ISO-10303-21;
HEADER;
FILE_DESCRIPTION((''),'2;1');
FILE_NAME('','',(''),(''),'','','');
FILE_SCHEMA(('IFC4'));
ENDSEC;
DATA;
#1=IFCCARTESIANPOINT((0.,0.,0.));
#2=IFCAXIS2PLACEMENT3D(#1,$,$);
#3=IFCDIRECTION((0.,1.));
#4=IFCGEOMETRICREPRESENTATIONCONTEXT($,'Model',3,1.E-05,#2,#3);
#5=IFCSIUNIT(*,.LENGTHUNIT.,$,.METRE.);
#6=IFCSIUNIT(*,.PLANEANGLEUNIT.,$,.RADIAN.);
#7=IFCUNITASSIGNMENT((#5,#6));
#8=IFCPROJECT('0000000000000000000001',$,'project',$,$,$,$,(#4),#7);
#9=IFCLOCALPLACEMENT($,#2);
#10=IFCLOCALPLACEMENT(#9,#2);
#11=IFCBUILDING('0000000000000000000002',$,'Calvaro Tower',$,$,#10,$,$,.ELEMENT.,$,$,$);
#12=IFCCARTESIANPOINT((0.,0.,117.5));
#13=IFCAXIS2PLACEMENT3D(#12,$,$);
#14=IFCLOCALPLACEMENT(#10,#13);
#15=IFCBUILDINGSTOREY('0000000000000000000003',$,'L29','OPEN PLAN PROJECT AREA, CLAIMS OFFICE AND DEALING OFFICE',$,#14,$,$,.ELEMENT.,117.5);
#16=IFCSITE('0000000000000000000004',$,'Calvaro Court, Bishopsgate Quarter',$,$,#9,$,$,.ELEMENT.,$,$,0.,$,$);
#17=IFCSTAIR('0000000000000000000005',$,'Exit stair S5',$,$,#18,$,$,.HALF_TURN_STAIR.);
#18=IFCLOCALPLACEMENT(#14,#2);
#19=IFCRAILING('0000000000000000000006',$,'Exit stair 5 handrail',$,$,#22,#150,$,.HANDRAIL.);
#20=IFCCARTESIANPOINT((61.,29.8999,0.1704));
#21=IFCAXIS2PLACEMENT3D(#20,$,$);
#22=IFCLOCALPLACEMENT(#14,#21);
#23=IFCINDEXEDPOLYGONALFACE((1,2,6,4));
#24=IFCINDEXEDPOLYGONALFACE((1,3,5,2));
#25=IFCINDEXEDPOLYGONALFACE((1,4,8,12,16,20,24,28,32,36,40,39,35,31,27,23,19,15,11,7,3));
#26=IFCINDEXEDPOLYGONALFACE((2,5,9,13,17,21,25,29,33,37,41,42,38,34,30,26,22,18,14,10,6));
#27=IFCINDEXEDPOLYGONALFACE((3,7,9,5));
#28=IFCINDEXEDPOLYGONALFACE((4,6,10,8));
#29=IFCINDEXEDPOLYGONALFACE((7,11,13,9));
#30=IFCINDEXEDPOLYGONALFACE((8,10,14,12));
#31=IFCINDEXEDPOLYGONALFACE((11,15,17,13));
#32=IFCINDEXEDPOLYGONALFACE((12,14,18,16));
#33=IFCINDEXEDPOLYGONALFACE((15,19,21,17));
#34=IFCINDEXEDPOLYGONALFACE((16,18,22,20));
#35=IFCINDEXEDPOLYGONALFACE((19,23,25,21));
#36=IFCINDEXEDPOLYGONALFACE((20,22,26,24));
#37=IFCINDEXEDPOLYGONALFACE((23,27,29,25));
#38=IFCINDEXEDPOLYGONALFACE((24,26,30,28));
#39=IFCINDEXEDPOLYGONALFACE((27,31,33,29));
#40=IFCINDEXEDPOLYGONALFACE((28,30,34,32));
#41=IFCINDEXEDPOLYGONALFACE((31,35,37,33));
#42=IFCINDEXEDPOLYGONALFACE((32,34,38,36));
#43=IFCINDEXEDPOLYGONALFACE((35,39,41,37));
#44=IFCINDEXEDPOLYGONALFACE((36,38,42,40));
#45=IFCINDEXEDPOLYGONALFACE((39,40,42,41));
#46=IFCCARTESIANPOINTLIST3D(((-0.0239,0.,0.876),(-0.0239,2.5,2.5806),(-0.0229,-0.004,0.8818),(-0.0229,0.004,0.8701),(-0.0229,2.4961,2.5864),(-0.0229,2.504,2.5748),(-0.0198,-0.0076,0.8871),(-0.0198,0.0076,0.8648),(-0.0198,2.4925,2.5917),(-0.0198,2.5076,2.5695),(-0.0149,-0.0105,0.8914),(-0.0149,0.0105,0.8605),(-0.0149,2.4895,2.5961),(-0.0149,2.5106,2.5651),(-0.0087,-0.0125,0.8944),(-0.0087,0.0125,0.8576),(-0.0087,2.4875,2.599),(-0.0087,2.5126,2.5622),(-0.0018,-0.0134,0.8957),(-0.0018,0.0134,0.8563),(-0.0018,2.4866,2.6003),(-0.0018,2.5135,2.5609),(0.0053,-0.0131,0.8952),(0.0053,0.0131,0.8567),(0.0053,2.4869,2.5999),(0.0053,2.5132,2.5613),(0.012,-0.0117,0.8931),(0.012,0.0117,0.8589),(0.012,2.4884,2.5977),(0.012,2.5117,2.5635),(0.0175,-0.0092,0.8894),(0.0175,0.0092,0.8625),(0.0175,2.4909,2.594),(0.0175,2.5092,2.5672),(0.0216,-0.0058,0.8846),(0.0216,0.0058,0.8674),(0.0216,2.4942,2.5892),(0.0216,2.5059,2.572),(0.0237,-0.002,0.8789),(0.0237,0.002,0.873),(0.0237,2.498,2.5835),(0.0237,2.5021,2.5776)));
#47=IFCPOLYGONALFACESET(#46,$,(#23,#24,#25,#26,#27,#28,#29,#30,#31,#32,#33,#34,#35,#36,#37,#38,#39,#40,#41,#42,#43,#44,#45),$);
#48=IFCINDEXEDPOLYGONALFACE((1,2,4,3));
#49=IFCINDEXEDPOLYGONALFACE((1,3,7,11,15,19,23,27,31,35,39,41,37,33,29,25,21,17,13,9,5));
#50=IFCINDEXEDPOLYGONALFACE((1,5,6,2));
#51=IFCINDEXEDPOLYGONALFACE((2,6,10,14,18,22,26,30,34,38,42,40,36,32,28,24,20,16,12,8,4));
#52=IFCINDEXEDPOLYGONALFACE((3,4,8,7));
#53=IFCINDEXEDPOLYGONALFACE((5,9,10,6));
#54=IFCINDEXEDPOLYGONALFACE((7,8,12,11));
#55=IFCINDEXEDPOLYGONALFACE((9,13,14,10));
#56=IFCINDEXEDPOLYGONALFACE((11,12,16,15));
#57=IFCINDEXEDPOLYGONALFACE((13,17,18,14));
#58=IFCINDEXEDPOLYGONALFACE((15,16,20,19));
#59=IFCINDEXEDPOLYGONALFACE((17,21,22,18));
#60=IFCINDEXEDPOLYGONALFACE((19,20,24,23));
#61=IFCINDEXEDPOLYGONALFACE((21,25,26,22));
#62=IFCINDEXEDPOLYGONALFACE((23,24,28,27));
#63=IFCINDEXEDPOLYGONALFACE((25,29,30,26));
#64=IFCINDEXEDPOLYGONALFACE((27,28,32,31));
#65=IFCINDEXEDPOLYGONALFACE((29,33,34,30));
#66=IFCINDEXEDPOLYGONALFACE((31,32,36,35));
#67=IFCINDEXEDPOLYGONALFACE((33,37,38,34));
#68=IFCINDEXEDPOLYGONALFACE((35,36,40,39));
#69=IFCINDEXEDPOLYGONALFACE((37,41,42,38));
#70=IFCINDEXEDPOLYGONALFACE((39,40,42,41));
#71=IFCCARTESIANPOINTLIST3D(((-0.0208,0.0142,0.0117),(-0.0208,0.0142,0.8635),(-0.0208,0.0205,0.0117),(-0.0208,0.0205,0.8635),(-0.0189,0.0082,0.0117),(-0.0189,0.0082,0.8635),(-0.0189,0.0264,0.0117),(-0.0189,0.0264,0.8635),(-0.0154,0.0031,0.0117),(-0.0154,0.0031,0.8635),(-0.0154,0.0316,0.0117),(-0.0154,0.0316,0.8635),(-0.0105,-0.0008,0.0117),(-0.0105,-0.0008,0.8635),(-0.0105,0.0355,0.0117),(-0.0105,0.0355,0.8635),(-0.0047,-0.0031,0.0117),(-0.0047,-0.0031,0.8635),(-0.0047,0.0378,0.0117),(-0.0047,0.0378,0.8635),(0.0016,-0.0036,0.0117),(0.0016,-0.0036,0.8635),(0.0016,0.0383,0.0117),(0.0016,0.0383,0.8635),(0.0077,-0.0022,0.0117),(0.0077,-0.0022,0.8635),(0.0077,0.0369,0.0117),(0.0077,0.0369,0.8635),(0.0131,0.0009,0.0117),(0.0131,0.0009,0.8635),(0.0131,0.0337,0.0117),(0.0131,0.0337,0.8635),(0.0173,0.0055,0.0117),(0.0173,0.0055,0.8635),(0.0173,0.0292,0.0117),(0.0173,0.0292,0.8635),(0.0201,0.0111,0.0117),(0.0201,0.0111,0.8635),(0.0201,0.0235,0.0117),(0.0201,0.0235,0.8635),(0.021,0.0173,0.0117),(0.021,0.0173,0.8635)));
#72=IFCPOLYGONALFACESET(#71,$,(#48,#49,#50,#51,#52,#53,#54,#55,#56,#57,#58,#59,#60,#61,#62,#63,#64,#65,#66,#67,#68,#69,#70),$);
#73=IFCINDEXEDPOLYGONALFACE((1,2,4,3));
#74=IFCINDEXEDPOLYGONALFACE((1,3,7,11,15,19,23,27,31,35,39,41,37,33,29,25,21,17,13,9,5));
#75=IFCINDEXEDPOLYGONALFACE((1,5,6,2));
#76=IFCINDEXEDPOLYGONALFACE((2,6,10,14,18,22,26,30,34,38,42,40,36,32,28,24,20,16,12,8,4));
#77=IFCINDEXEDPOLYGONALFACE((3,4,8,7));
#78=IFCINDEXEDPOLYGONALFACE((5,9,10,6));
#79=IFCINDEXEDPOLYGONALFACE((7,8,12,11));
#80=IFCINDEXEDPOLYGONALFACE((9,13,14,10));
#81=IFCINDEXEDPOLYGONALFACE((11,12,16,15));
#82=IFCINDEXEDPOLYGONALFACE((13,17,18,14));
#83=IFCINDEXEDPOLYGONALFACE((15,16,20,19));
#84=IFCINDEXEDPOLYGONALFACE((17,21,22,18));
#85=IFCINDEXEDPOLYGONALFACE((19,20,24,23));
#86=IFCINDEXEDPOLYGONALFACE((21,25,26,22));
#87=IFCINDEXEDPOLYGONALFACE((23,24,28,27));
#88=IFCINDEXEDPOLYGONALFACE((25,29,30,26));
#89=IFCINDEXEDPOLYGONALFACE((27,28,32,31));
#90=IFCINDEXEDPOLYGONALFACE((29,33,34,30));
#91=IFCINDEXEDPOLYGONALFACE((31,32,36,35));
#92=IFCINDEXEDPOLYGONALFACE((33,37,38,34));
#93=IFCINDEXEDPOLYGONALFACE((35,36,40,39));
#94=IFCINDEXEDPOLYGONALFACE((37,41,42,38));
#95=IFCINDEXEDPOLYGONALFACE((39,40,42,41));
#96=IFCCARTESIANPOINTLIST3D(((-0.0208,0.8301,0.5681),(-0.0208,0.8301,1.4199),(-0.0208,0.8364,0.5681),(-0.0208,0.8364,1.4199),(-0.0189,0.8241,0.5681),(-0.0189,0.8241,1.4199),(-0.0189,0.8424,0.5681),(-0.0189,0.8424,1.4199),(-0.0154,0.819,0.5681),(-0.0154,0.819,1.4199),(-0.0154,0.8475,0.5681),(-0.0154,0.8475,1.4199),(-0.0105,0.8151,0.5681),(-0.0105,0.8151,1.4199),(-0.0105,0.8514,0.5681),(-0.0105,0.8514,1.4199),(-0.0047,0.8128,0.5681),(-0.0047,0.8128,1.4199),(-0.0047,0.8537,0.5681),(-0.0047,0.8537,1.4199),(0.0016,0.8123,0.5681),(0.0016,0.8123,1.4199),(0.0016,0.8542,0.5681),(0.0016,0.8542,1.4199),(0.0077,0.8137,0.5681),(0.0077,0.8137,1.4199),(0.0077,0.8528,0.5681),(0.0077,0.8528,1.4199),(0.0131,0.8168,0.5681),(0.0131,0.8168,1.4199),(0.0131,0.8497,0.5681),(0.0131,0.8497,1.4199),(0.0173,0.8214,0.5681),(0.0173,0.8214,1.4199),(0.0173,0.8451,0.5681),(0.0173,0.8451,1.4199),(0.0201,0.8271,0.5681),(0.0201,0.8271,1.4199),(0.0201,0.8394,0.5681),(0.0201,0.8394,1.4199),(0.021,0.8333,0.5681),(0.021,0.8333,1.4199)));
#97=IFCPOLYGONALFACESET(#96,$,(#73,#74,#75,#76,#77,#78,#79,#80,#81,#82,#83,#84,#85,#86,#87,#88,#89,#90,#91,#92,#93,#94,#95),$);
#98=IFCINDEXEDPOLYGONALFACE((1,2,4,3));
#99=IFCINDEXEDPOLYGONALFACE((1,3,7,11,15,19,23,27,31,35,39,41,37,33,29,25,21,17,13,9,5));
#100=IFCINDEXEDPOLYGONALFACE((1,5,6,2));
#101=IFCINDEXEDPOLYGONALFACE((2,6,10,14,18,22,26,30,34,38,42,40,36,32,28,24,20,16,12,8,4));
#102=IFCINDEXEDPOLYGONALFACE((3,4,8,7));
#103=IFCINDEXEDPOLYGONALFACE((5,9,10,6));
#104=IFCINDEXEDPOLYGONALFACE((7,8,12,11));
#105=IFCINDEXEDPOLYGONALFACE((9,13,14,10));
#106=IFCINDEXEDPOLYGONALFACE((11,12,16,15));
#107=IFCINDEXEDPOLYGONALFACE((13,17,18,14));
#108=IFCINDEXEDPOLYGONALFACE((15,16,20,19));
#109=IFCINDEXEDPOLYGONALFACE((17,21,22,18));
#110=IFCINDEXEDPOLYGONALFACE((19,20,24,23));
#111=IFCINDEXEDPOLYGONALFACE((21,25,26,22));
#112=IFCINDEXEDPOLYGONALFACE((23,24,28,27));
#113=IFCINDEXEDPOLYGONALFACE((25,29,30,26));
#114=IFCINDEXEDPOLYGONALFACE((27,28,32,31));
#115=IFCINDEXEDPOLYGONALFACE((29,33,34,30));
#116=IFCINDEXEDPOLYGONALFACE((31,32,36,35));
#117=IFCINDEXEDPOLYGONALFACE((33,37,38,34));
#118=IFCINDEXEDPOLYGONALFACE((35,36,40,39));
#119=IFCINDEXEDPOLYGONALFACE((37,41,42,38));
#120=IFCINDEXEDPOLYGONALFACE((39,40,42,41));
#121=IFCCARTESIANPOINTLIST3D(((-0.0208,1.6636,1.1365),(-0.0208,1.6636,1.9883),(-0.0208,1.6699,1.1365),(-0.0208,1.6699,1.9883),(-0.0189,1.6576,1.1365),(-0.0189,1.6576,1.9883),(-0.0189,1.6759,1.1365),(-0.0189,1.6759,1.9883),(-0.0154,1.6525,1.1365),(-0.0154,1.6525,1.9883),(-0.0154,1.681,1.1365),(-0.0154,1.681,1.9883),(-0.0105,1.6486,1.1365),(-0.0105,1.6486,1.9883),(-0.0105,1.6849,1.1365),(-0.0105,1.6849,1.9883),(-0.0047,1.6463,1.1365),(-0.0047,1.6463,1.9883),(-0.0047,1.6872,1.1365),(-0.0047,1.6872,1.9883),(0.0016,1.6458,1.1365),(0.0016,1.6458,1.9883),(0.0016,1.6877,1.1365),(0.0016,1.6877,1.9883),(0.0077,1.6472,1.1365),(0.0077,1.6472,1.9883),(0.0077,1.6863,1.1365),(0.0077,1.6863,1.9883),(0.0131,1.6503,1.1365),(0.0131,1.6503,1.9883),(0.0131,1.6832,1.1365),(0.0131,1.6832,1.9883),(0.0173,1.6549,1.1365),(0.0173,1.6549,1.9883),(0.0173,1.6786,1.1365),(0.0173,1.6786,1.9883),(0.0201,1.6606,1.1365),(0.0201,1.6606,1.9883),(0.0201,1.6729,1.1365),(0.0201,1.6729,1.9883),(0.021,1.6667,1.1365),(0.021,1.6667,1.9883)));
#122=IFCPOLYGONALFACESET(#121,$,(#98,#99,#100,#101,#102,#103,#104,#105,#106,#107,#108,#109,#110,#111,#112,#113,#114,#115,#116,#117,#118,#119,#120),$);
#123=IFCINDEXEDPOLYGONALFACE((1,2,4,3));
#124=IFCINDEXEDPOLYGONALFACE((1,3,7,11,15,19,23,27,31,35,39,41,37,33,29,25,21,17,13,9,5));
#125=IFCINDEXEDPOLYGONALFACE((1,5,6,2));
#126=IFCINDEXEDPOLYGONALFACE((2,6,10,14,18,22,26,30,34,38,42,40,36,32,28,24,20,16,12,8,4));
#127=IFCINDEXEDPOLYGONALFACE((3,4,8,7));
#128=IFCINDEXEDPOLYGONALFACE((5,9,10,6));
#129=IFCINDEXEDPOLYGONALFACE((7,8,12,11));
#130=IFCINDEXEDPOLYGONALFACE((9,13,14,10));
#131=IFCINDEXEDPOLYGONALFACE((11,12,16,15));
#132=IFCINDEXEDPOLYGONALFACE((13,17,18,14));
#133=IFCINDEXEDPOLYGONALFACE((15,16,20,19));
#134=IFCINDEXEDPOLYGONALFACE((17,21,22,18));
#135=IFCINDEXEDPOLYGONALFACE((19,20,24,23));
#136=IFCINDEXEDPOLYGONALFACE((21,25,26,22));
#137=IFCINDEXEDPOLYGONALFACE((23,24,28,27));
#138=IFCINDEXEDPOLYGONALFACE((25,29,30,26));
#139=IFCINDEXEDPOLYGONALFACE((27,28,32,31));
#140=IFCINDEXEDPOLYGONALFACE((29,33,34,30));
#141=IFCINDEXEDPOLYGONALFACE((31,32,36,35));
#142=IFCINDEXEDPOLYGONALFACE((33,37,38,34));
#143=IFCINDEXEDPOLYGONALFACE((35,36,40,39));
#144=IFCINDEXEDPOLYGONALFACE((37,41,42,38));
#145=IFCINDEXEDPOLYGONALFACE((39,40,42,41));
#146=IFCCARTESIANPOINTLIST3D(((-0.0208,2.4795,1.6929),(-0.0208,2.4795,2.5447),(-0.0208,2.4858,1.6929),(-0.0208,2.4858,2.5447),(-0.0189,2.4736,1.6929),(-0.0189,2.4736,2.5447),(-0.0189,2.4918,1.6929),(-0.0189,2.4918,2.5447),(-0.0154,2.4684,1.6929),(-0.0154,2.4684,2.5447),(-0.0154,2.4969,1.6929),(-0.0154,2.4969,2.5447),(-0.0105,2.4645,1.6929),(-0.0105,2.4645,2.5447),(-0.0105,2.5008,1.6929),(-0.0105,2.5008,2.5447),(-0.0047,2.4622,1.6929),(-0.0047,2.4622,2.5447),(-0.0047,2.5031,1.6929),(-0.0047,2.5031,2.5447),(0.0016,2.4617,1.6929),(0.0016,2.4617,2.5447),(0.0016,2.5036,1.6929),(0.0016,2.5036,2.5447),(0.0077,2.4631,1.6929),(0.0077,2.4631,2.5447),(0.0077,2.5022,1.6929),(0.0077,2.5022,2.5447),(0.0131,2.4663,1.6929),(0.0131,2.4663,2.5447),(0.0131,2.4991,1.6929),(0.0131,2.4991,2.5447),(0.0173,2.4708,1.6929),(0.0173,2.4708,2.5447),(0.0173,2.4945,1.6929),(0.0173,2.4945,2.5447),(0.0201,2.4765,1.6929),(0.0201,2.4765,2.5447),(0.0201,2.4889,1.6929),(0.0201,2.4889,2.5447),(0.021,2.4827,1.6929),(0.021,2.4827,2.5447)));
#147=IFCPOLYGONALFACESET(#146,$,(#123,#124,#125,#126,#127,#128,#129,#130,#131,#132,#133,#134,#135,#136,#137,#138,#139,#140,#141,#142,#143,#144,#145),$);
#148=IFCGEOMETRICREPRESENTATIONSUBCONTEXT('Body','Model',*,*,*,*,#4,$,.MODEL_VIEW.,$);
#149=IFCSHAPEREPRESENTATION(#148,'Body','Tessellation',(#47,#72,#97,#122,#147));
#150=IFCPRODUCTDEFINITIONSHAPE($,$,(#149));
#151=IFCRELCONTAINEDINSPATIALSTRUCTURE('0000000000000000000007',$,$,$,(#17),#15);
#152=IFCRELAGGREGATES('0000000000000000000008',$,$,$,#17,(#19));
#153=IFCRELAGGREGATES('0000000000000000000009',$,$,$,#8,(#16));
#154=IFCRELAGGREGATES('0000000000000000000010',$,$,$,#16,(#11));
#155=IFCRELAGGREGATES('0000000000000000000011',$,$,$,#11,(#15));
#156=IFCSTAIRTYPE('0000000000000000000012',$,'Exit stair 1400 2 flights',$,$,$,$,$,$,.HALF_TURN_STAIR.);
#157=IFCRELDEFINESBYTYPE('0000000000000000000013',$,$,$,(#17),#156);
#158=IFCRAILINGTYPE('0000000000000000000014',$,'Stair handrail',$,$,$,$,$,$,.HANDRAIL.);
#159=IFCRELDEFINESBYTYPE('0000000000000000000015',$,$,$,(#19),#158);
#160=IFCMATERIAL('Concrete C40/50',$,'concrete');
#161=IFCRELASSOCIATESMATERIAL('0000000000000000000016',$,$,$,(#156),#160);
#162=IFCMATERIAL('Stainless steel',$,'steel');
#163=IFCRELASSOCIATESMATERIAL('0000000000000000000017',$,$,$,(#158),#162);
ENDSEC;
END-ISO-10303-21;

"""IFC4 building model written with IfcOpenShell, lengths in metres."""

from ifc_helpers import new_model, si_unit, direction, frame, origin, origin_2d, place, context, subcontext, project, spatial, circle, extrude, material, type_object, element, aggregate, save


model = new_model("IFC4")

# Units and contexts
model_context = context("Model", 3, precision=1e-05, world=origin(), true_north=direction((0.0, 1.0)))
body_context = subcontext(model_context, "Body", "Model", "MODEL_VIEW")
ifc_project = project(units=[si_unit("LENGTHUNIT", "METRE"), si_unit("PLANEANGLEUNIT", "RADIAN")], contexts=[model_context])

# Site, building, storey
site_placement = place(None, origin())
site = spatial("IfcSite", under=ifc_project, at=site_placement, Name="Calvaro Court, Bishopsgate Quarter", CompositionType="ELEMENT", RefElevation=0.0)
building_placement = place(site_placement, origin())
building = spatial("IfcBuilding", under=site, at=building_placement, Name="Calvaro Tower", CompositionType="ELEMENT")
storey_placement = place(building_placement, frame((0.0, 0.0, 117.5)))
storey = spatial("IfcBuildingStorey", under=building, at=storey_placement, Name="L29", Description="OPEN PLAN PROJECT AREA, CLAIMS OFFICE AND DEALING OFFICE", CompositionType="ELEMENT", Elevation=117.5)

# Stair
ifc_material_1 = material(Name="Concrete C40/50", Category="concrete")
stair_type = type_object("IfcStairType", Name="Exit stair 1400 2 flights", PredefinedType="HALF_TURN_STAIR", material=ifc_material_1)
stair_1_placement = place(storey_placement, origin())
stair_1 = element("IfcStair", 1, at=stair_1_placement, inside=storey, type_object=stair_type, Name="Exit stair S5", PredefinedType="HALF_TURN_STAIR")

# Shared definitions
ifc_material_2 = material(Name="Stainless steel", Category="steel")
railing_type = type_object("IfcRailingType", Name="Stair handrail", PredefinedType="HANDRAIL", material=ifc_material_2)

# Railing
railing_1_placement = place(storey_placement, frame((61.0, 29.8999, 0.1704)))
railing_1 = element("IfcRailing", 2, at=railing_1_placement, type_object=railing_type, Name="Exit stair 5 handrail", PredefinedType="HANDRAIL", context=body_context, shape_type="SweptSolid", body=[
    extrude(circle(Radius=0.0239, at=origin_2d()), frame((0.0, 0.0, 0.876), z_axis=(0.0, 0.826221, 0.563347), x_axis=(-1.0, 0.0, 0.0)), (0.0, 0.0, 1.0), 3.0259),
    extrude(circle(Radius=0.021, at=origin_2d()), frame((0.0, 0.0173, 0.0117)), (0.0, 0.0, 1.0), 0.8518),
    extrude(circle(Radius=0.021, at=origin_2d()), frame((0.0, 0.8333, 0.5681)), (0.0, 0.0, 1.0), 0.8518),
    extrude(circle(Radius=0.021, at=origin_2d()), frame((0.0, 1.6667, 1.1365)), (0.0, 0.0, 1.0), 0.8518),
    extrude(circle(Radius=0.021, at=origin_2d()), frame((0.0, 2.4827, 1.6929)), (0.0, 0.0, 1.0), 0.8518),
])
aggregate(stair_1, [railing_1])

save(model, "model.ifc")
